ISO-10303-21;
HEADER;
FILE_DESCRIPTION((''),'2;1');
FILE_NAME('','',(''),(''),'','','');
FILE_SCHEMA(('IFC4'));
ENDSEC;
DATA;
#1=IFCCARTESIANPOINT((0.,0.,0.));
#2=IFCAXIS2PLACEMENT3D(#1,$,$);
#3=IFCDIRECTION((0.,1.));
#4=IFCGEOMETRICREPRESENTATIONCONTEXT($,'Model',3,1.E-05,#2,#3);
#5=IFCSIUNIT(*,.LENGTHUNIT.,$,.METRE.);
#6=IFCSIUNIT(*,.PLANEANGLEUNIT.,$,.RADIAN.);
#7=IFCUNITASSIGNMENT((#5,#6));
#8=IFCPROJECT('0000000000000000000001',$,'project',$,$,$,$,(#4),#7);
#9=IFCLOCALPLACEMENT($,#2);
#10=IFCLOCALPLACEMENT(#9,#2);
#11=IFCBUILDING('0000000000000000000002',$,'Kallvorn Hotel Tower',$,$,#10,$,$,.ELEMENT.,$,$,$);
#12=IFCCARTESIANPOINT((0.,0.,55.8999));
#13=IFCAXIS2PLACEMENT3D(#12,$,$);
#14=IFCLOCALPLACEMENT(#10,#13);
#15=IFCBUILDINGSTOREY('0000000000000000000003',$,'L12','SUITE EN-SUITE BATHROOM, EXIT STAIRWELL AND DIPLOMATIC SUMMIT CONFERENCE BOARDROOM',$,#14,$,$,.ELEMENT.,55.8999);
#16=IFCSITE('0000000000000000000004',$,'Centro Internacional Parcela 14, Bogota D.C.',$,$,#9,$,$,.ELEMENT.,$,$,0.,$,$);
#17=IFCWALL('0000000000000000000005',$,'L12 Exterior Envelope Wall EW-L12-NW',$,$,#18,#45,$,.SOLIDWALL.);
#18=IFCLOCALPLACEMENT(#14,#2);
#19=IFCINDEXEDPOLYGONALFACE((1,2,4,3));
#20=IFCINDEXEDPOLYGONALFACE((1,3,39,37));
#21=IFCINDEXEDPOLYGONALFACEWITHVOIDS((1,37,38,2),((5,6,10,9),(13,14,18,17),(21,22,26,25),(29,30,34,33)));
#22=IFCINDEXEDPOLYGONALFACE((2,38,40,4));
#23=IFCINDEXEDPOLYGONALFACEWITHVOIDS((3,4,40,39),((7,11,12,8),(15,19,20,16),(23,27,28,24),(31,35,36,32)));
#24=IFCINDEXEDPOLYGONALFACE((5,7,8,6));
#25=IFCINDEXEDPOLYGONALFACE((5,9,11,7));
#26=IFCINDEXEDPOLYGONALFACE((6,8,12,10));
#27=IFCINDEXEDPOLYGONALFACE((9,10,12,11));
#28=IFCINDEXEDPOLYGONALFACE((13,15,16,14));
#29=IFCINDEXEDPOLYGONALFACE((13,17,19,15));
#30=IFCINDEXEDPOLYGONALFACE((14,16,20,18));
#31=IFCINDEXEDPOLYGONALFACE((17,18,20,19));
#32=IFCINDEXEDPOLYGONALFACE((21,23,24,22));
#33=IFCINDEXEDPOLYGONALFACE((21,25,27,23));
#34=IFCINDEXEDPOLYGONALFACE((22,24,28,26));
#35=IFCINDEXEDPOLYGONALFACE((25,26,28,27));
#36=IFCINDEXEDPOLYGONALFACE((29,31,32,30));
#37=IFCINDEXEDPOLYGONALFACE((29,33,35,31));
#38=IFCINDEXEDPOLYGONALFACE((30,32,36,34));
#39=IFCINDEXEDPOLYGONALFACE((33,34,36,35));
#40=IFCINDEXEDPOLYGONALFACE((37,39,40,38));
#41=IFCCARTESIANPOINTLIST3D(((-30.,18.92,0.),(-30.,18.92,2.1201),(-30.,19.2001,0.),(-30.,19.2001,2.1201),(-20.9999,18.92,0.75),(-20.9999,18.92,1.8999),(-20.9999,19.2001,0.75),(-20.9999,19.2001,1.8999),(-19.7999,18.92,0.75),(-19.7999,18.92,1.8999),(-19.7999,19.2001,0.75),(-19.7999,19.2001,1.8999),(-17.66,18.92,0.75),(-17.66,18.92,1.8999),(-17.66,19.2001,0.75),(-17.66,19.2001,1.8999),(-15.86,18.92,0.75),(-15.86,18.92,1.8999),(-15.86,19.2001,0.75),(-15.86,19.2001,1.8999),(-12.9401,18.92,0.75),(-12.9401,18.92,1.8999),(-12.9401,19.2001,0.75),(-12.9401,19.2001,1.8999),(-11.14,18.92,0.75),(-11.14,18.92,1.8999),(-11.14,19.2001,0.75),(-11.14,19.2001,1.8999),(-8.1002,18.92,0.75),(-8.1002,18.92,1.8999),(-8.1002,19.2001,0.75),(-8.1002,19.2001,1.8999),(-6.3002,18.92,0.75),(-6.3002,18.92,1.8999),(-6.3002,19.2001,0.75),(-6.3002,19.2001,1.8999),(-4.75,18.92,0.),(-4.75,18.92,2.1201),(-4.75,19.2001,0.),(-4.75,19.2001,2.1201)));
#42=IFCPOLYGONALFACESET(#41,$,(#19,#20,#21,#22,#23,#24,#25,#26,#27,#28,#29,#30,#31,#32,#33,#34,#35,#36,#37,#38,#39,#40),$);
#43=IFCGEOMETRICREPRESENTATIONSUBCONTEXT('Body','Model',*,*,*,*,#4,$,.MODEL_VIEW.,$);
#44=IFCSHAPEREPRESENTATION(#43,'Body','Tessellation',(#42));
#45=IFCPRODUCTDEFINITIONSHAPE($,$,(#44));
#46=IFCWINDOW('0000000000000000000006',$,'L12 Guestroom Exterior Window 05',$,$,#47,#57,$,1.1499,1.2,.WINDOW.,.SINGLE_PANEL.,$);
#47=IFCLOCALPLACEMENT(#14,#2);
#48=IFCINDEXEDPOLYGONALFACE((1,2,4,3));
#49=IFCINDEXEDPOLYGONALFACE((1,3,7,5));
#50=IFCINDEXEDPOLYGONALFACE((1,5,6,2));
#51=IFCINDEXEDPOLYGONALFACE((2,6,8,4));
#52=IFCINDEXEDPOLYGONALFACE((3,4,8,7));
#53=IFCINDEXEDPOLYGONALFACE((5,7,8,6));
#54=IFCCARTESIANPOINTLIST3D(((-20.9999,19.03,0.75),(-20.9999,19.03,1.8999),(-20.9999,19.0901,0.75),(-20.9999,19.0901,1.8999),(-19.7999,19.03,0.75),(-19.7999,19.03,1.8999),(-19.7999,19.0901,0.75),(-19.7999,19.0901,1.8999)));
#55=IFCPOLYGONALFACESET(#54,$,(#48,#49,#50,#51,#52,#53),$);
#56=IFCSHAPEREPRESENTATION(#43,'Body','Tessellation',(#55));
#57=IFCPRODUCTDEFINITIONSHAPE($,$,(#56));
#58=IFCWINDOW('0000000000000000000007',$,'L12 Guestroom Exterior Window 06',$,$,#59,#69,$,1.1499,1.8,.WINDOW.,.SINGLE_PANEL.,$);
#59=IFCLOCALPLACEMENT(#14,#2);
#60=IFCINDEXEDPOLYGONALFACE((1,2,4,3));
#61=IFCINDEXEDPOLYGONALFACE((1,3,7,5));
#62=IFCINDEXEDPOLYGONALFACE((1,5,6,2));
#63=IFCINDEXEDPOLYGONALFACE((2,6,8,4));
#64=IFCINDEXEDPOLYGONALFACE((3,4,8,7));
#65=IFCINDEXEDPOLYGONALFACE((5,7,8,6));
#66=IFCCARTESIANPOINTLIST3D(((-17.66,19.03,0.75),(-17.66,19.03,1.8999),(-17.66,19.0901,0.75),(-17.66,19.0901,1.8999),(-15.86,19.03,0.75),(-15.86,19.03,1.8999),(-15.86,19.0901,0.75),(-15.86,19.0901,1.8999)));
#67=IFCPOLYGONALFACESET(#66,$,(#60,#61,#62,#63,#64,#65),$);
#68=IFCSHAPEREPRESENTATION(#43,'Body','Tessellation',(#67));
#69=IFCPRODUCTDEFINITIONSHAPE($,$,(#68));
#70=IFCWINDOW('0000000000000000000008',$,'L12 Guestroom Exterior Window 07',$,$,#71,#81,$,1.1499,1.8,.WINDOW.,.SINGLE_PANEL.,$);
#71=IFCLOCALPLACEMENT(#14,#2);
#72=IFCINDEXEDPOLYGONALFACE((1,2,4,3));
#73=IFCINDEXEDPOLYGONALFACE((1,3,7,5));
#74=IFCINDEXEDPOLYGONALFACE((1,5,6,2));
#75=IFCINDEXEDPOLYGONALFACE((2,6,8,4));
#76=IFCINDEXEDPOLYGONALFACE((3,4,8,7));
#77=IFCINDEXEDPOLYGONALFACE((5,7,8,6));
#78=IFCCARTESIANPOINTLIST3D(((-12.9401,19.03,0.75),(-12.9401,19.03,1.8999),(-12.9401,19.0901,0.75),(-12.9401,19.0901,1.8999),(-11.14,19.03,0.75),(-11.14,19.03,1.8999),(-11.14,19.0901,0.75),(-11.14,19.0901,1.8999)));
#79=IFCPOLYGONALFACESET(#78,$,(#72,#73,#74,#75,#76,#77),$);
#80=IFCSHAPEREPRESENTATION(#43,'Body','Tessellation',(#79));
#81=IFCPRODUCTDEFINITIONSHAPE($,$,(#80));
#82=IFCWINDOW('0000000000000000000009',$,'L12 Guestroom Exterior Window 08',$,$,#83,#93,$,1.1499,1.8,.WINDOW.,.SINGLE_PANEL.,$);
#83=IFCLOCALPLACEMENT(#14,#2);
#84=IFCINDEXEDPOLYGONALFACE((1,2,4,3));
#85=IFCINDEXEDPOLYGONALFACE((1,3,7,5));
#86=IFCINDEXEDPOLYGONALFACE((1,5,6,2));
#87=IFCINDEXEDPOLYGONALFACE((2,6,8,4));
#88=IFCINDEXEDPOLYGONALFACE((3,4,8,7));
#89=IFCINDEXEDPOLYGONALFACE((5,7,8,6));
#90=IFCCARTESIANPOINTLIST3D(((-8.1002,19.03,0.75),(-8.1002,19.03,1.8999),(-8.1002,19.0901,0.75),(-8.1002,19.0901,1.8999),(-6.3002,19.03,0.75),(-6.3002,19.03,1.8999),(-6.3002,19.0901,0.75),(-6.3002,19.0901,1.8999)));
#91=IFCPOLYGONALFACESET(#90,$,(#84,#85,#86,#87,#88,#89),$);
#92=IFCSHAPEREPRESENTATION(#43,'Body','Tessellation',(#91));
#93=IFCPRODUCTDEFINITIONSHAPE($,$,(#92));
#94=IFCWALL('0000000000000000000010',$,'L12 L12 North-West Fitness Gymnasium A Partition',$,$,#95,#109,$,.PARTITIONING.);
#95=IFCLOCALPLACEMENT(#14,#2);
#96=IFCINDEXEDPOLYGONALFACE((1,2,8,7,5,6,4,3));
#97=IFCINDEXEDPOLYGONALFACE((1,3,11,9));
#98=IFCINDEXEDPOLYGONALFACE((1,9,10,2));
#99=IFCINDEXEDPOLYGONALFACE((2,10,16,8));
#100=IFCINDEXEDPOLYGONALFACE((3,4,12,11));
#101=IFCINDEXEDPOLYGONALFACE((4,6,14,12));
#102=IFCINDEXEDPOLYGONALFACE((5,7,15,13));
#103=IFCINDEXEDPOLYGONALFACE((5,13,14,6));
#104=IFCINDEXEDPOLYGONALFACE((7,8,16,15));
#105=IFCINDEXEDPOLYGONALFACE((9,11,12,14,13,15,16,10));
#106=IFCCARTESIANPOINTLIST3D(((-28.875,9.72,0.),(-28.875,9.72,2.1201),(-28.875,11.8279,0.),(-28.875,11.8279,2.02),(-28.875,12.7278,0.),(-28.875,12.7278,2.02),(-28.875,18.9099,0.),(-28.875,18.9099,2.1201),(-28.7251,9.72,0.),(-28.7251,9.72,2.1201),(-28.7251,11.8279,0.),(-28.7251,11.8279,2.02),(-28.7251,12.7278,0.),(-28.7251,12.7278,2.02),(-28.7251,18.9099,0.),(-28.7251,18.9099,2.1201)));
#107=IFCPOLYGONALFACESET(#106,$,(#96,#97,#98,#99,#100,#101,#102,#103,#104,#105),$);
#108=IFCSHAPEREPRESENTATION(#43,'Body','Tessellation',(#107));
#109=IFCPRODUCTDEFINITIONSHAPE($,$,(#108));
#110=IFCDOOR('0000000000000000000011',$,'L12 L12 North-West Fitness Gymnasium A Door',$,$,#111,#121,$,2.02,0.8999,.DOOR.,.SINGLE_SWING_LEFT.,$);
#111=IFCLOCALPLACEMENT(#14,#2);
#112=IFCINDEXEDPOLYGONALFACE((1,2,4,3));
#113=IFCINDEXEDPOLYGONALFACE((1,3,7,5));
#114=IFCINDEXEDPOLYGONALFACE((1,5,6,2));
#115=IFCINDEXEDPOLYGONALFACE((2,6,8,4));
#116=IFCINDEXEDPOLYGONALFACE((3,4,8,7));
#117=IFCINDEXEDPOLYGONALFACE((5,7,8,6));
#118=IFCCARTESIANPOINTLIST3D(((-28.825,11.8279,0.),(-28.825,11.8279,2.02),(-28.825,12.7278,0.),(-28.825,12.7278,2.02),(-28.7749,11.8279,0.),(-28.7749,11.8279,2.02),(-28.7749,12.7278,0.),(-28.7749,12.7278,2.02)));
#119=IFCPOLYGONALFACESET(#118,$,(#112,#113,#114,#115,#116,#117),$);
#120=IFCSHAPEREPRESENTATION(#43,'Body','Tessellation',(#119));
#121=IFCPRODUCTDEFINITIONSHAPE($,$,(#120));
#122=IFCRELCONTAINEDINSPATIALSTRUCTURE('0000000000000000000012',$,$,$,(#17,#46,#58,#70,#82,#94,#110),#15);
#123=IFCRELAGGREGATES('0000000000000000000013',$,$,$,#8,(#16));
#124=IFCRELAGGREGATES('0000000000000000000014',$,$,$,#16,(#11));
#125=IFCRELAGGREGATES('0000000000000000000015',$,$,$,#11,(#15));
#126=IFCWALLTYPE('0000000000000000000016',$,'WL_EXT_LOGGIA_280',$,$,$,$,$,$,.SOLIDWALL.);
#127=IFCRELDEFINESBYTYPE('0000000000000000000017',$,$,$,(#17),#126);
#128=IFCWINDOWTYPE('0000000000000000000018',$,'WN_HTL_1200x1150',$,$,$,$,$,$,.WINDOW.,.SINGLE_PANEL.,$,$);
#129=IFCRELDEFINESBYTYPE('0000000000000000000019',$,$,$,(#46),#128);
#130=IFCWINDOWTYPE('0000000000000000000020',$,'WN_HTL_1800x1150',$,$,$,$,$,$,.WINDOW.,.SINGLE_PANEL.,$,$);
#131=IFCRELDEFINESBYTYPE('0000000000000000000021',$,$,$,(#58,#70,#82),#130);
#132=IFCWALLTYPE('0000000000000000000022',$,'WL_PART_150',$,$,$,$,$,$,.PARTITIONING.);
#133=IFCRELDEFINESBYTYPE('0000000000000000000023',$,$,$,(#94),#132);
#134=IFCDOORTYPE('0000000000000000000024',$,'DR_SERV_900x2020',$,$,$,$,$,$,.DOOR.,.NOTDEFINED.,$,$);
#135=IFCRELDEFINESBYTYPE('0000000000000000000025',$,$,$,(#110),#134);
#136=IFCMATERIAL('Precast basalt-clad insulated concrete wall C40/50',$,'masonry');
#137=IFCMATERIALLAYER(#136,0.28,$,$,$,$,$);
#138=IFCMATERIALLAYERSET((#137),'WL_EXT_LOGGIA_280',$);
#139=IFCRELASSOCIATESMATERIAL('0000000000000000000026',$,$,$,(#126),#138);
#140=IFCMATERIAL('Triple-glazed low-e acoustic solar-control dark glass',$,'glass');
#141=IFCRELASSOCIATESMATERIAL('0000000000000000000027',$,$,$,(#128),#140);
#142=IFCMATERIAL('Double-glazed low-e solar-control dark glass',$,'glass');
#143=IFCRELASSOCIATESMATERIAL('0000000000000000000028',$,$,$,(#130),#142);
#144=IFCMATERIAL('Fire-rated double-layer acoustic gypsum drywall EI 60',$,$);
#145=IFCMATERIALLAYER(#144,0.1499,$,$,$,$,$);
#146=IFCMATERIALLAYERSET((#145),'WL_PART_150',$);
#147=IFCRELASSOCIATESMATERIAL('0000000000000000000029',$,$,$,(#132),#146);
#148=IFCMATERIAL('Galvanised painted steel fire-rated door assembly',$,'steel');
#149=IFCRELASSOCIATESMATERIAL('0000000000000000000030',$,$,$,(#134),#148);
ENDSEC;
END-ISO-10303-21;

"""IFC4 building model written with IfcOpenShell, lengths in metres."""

from ifc_helpers import new_model, si_unit, direction, frame, frame_2d, origin, place, context, subcontext, project, spatial, rectangle, extrude, material, layer, layer_set, type_object, element, fill, save


model = new_model("IFC4")

# Units and contexts
model_context = context("Model", 3, precision=1e-05, world=origin(), true_north=direction((0.0, 1.0)))
body_context = subcontext(model_context, "Body", "Model", "MODEL_VIEW")
ifc_project = project(units=[si_unit("LENGTHUNIT", "METRE"), si_unit("PLANEANGLEUNIT", "RADIAN")], contexts=[model_context])

# Site, building, storey
site_placement = place(None, origin())
site = spatial("IfcSite", under=ifc_project, at=site_placement, Name="Centro Internacional Parcela 14, Bogota D.C.", CompositionType="ELEMENT", RefElevation=0.0)
building_placement = place(site_placement, origin())
building = spatial("IfcBuilding", under=site, at=building_placement, Name="Kallvorn Hotel Tower", CompositionType="ELEMENT")
storey_placement = place(building_placement, frame((0.0, 0.0, 55.8999)))
storey = spatial("IfcBuildingStorey", under=building, at=storey_placement, Name="L12", Description="SUITE EN-SUITE BATHROOM, EXIT STAIRWELL AND DIPLOMATIC SUMMIT CONFERENCE BOARDROOM", CompositionType="ELEMENT", Elevation=55.8999)

# Shared definitions
ifc_material_1 = material(Name="Precast basalt-clad insulated concrete wall C40/50", Category="masonry")
ifc_layer_1 = layer(ifc_material_1, 0.28)
ifc_layer_set_1 = layer_set([ifc_layer_1], Name="WL_EXT_LOGGIA_280")
wall_type_1 = type_object("IfcWallType", Name="WL_EXT_LOGGIA_280", PredefinedType="SOLIDWALL", material=ifc_layer_set_1)

# Wall, openings, windows
wall_1_placement = place(storey_placement, frame((-30.0, 19.0601, 0.0), z_axis=(0.0, 0.0, 1.0), x_axis=(1.0, 0.0, 0.0)))
wall_1 = element("IfcWall", 1, at=wall_1_placement, inside=storey, type_object=wall_type_1, Name="L12 Exterior Envelope Wall EW-L12-NW", PredefinedType="SOLIDWALL", context=body_context, shape_type="SweptSolid", body=[
    extrude(rectangle(XDim=25.25, YDim=0.28, at=frame_2d((12.625, 0.0))), origin(), (0.0, 0.0, 1.0), 2.1201),
])
opening_1_placement = place(wall_1_placement, frame((9.0, 0.0, 0.75)))
opening_1 = element("IfcOpeningElement", 2, at=opening_1_placement, cuts=wall_1, PredefinedType="OPENING", context=body_context, shape_type="SweptSolid", body=[
    extrude(rectangle(XDim=1.2, YDim=1.1499, at=frame_2d((0.6001, 0.575))), frame((0.0, 0.155, 0.0), z_axis=(0.0, -1.0, 0.0), x_axis=(1.0, 0.0, 0.0)), (0.0, 0.0, 1.0), 0.3101),
])
opening_2_placement = place(wall_1_placement, frame((12.3401, 0.0, 0.75)))
opening_2 = element("IfcOpeningElement", 3, at=opening_2_placement, cuts=wall_1, PredefinedType="OPENING", context=body_context, shape_type="SweptSolid", body=[
    extrude(rectangle(XDim=1.8, YDim=1.1499, at=frame_2d((0.8999, 0.575))), frame((0.0, 0.155, 0.0), z_axis=(0.0, -1.0, 0.0), x_axis=(1.0, 0.0, 0.0)), (0.0, 0.0, 1.0), 0.3101),
])
opening_3_placement = place(wall_1_placement, frame((17.0601, 0.0, 0.75)))
opening_3 = element("IfcOpeningElement", 4, at=opening_3_placement, cuts=wall_1, PredefinedType="OPENING", context=body_context, shape_type="SweptSolid", body=[
    extrude(rectangle(XDim=1.8, YDim=1.1499, at=frame_2d((0.8999, 0.575))), frame((0.0, 0.155, 0.0), z_axis=(0.0, -1.0, 0.0), x_axis=(1.0, 0.0, 0.0)), (0.0, 0.0, 1.0), 0.3101),
])
opening_4_placement = place(wall_1_placement, frame((21.8999, 0.0, 0.75)))
opening_4 = element("IfcOpeningElement", 5, at=opening_4_placement, cuts=wall_1, PredefinedType="OPENING", context=body_context, shape_type="SweptSolid", body=[
    extrude(rectangle(XDim=1.8, YDim=1.1499, at=frame_2d((0.8999, 0.575))), frame((0.0, 0.155, 0.0), z_axis=(0.0, -1.0, 0.0), x_axis=(1.0, 0.0, 0.0)), (0.0, 0.0, 1.0), 0.3101),
])
ifc_material_2 = material(Name="Triple-glazed low-e acoustic solar-control dark glass", Category="glass")
window_type_1 = type_object("IfcWindowType", Name="WN_HTL_1200x1150", PartitioningType="SINGLE_PANEL", PredefinedType="WINDOW", material=ifc_material_2)
window_1_placement = place(opening_1_placement, origin())
window_1 = element("IfcWindow", 6, at=window_1_placement, inside=storey, type_object=window_type_1, Name="L12 Guestroom Exterior Window 05", OverallHeight=1.1499, OverallWidth=1.2, PartitioningType="SINGLE_PANEL", PredefinedType="WINDOW", context=body_context, shape_type="SweptSolid", body=[
    extrude(rectangle(XDim=1.2, YDim=1.1499, at=frame_2d((0.6001, 0.575))), frame((0.0, 0.03, 0.0), z_axis=(0.0, -1.0, 0.0), x_axis=(1.0, 0.0, 0.0)), (0.0, 0.0, 1.0), 0.0601),
])
fill(opening_1, window_1)
ifc_material_3 = material(Name="Double-glazed low-e solar-control dark glass", Category="glass")
window_type_2 = type_object("IfcWindowType", Name="WN_HTL_1800x1150", PartitioningType="SINGLE_PANEL", PredefinedType="WINDOW", material=ifc_material_3)
window_2_placement = place(opening_2_placement, origin())
window_2 = element("IfcWindow", 7, at=window_2_placement, inside=storey, type_object=window_type_2, Name="L12 Guestroom Exterior Window 06", OverallHeight=1.1499, OverallWidth=1.8, PartitioningType="SINGLE_PANEL", PredefinedType="WINDOW", context=body_context, shape_type="SweptSolid", body=[
    extrude(rectangle(XDim=1.8, YDim=1.1499, at=frame_2d((0.8999, 0.575))), frame((0.0, 0.03, 0.0), z_axis=(0.0, -1.0, 0.0), x_axis=(1.0, 0.0, 0.0)), (0.0, 0.0, 1.0), 0.0601),
])
fill(opening_2, window_2)
window_3_placement = place(opening_3_placement, origin())
window_3 = element("IfcWindow", 8, at=window_3_placement, inside=storey, type_object=window_type_2, Name="L12 Guestroom Exterior Window 07", OverallHeight=1.1499, OverallWidth=1.8, PartitioningType="SINGLE_PANEL", PredefinedType="WINDOW", context=body_context, shape_type="SweptSolid", body=[
    extrude(rectangle(XDim=1.8, YDim=1.1499, at=frame_2d((0.8999, 0.575))), frame((0.0, 0.03, 0.0), z_axis=(0.0, -1.0, 0.0), x_axis=(1.0, 0.0, 0.0)), (0.0, 0.0, 1.0), 0.0601),
])
fill(opening_3, window_3)
window_4_placement = place(opening_4_placement, origin())
window_4 = element("IfcWindow", 9, at=window_4_placement, inside=storey, type_object=window_type_2, Name="L12 Guestroom Exterior Window 08", OverallHeight=1.1499, OverallWidth=1.8, PartitioningType="SINGLE_PANEL", PredefinedType="WINDOW", context=body_context, shape_type="SweptSolid", body=[
    extrude(rectangle(XDim=1.8, YDim=1.1499, at=frame_2d((0.8999, 0.575))), frame((0.0, 0.03, 0.0), z_axis=(0.0, -1.0, 0.0), x_axis=(1.0, 0.0, 0.0)), (0.0, 0.0, 1.0), 0.0601),
])
fill(opening_4, window_4)

# Wall, opening, door
ifc_material_4 = material(Name="Fire-rated double-layer acoustic gypsum drywall EI 60")
ifc_layer_2 = layer(ifc_material_4, 0.1499)
ifc_layer_set_2 = layer_set([ifc_layer_2], Name="WL_PART_150")
wall_type_2 = type_object("IfcWallType", Name="WL_PART_150", PredefinedType="PARTITIONING", material=ifc_layer_set_2)
wall_2_placement = place(storey_placement, frame((-28.8, 9.72, 0.0), z_axis=(0.0, 0.0, 1.0), x_axis=(0.0, 1.0, 0.0)))
wall_2 = element("IfcWall", 10, at=wall_2_placement, inside=storey, type_object=wall_type_2, Name="L12 L12 North-West Fitness Gymnasium A Partition", PredefinedType="PARTITIONING", context=body_context, shape_type="SweptSolid", body=[
    extrude(rectangle(XDim=9.1899, YDim=0.1499, at=frame_2d((4.595, 0.0))), origin(), (0.0, 0.0, 1.0), 2.1201),
])
opening_5_placement = place(wall_2_placement, frame((2.1079, 0.0, 0.0)))
opening_5 = element("IfcOpeningElement", 11, at=opening_5_placement, cuts=wall_2, PredefinedType="OPENING", context=body_context, shape_type="SweptSolid", body=[
    extrude(rectangle(XDim=0.8999, YDim=2.02, at=frame_2d((0.45, 1.01))), frame((0.0, 0.0898, 0.0), z_axis=(0.0, -1.0, 0.0), x_axis=(1.0, 0.0, 0.0)), (0.0, 0.0, 1.0), 0.1799),
])
ifc_material_5 = material(Name="Galvanised painted steel fire-rated door assembly", Category="steel")
door_type = type_object("IfcDoorType", Name="DR_SERV_900x2020", OperationType="NOTDEFINED", PredefinedType="DOOR", material=ifc_material_5)
door_placement = place(opening_5_placement, origin())
door = element("IfcDoor", 12, at=door_placement, inside=storey, type_object=door_type, Name="L12 L12 North-West Fitness Gymnasium A Door", OperationType="SINGLE_SWING_LEFT", OverallHeight=2.02, OverallWidth=0.8999, PredefinedType="DOOR", context=body_context, shape_type="SweptSolid", body=[
    extrude(rectangle(XDim=0.8999, YDim=2.02, at=frame_2d((0.45, 1.01))), frame((0.0, 0.0249, 0.0), z_axis=(0.0, -1.0, 0.0), x_axis=(1.0, 0.0, 0.0)), (0.0, 0.0, 1.0), 0.05),
])
fill(opening_5, door)

save(model, "model.ifc")
